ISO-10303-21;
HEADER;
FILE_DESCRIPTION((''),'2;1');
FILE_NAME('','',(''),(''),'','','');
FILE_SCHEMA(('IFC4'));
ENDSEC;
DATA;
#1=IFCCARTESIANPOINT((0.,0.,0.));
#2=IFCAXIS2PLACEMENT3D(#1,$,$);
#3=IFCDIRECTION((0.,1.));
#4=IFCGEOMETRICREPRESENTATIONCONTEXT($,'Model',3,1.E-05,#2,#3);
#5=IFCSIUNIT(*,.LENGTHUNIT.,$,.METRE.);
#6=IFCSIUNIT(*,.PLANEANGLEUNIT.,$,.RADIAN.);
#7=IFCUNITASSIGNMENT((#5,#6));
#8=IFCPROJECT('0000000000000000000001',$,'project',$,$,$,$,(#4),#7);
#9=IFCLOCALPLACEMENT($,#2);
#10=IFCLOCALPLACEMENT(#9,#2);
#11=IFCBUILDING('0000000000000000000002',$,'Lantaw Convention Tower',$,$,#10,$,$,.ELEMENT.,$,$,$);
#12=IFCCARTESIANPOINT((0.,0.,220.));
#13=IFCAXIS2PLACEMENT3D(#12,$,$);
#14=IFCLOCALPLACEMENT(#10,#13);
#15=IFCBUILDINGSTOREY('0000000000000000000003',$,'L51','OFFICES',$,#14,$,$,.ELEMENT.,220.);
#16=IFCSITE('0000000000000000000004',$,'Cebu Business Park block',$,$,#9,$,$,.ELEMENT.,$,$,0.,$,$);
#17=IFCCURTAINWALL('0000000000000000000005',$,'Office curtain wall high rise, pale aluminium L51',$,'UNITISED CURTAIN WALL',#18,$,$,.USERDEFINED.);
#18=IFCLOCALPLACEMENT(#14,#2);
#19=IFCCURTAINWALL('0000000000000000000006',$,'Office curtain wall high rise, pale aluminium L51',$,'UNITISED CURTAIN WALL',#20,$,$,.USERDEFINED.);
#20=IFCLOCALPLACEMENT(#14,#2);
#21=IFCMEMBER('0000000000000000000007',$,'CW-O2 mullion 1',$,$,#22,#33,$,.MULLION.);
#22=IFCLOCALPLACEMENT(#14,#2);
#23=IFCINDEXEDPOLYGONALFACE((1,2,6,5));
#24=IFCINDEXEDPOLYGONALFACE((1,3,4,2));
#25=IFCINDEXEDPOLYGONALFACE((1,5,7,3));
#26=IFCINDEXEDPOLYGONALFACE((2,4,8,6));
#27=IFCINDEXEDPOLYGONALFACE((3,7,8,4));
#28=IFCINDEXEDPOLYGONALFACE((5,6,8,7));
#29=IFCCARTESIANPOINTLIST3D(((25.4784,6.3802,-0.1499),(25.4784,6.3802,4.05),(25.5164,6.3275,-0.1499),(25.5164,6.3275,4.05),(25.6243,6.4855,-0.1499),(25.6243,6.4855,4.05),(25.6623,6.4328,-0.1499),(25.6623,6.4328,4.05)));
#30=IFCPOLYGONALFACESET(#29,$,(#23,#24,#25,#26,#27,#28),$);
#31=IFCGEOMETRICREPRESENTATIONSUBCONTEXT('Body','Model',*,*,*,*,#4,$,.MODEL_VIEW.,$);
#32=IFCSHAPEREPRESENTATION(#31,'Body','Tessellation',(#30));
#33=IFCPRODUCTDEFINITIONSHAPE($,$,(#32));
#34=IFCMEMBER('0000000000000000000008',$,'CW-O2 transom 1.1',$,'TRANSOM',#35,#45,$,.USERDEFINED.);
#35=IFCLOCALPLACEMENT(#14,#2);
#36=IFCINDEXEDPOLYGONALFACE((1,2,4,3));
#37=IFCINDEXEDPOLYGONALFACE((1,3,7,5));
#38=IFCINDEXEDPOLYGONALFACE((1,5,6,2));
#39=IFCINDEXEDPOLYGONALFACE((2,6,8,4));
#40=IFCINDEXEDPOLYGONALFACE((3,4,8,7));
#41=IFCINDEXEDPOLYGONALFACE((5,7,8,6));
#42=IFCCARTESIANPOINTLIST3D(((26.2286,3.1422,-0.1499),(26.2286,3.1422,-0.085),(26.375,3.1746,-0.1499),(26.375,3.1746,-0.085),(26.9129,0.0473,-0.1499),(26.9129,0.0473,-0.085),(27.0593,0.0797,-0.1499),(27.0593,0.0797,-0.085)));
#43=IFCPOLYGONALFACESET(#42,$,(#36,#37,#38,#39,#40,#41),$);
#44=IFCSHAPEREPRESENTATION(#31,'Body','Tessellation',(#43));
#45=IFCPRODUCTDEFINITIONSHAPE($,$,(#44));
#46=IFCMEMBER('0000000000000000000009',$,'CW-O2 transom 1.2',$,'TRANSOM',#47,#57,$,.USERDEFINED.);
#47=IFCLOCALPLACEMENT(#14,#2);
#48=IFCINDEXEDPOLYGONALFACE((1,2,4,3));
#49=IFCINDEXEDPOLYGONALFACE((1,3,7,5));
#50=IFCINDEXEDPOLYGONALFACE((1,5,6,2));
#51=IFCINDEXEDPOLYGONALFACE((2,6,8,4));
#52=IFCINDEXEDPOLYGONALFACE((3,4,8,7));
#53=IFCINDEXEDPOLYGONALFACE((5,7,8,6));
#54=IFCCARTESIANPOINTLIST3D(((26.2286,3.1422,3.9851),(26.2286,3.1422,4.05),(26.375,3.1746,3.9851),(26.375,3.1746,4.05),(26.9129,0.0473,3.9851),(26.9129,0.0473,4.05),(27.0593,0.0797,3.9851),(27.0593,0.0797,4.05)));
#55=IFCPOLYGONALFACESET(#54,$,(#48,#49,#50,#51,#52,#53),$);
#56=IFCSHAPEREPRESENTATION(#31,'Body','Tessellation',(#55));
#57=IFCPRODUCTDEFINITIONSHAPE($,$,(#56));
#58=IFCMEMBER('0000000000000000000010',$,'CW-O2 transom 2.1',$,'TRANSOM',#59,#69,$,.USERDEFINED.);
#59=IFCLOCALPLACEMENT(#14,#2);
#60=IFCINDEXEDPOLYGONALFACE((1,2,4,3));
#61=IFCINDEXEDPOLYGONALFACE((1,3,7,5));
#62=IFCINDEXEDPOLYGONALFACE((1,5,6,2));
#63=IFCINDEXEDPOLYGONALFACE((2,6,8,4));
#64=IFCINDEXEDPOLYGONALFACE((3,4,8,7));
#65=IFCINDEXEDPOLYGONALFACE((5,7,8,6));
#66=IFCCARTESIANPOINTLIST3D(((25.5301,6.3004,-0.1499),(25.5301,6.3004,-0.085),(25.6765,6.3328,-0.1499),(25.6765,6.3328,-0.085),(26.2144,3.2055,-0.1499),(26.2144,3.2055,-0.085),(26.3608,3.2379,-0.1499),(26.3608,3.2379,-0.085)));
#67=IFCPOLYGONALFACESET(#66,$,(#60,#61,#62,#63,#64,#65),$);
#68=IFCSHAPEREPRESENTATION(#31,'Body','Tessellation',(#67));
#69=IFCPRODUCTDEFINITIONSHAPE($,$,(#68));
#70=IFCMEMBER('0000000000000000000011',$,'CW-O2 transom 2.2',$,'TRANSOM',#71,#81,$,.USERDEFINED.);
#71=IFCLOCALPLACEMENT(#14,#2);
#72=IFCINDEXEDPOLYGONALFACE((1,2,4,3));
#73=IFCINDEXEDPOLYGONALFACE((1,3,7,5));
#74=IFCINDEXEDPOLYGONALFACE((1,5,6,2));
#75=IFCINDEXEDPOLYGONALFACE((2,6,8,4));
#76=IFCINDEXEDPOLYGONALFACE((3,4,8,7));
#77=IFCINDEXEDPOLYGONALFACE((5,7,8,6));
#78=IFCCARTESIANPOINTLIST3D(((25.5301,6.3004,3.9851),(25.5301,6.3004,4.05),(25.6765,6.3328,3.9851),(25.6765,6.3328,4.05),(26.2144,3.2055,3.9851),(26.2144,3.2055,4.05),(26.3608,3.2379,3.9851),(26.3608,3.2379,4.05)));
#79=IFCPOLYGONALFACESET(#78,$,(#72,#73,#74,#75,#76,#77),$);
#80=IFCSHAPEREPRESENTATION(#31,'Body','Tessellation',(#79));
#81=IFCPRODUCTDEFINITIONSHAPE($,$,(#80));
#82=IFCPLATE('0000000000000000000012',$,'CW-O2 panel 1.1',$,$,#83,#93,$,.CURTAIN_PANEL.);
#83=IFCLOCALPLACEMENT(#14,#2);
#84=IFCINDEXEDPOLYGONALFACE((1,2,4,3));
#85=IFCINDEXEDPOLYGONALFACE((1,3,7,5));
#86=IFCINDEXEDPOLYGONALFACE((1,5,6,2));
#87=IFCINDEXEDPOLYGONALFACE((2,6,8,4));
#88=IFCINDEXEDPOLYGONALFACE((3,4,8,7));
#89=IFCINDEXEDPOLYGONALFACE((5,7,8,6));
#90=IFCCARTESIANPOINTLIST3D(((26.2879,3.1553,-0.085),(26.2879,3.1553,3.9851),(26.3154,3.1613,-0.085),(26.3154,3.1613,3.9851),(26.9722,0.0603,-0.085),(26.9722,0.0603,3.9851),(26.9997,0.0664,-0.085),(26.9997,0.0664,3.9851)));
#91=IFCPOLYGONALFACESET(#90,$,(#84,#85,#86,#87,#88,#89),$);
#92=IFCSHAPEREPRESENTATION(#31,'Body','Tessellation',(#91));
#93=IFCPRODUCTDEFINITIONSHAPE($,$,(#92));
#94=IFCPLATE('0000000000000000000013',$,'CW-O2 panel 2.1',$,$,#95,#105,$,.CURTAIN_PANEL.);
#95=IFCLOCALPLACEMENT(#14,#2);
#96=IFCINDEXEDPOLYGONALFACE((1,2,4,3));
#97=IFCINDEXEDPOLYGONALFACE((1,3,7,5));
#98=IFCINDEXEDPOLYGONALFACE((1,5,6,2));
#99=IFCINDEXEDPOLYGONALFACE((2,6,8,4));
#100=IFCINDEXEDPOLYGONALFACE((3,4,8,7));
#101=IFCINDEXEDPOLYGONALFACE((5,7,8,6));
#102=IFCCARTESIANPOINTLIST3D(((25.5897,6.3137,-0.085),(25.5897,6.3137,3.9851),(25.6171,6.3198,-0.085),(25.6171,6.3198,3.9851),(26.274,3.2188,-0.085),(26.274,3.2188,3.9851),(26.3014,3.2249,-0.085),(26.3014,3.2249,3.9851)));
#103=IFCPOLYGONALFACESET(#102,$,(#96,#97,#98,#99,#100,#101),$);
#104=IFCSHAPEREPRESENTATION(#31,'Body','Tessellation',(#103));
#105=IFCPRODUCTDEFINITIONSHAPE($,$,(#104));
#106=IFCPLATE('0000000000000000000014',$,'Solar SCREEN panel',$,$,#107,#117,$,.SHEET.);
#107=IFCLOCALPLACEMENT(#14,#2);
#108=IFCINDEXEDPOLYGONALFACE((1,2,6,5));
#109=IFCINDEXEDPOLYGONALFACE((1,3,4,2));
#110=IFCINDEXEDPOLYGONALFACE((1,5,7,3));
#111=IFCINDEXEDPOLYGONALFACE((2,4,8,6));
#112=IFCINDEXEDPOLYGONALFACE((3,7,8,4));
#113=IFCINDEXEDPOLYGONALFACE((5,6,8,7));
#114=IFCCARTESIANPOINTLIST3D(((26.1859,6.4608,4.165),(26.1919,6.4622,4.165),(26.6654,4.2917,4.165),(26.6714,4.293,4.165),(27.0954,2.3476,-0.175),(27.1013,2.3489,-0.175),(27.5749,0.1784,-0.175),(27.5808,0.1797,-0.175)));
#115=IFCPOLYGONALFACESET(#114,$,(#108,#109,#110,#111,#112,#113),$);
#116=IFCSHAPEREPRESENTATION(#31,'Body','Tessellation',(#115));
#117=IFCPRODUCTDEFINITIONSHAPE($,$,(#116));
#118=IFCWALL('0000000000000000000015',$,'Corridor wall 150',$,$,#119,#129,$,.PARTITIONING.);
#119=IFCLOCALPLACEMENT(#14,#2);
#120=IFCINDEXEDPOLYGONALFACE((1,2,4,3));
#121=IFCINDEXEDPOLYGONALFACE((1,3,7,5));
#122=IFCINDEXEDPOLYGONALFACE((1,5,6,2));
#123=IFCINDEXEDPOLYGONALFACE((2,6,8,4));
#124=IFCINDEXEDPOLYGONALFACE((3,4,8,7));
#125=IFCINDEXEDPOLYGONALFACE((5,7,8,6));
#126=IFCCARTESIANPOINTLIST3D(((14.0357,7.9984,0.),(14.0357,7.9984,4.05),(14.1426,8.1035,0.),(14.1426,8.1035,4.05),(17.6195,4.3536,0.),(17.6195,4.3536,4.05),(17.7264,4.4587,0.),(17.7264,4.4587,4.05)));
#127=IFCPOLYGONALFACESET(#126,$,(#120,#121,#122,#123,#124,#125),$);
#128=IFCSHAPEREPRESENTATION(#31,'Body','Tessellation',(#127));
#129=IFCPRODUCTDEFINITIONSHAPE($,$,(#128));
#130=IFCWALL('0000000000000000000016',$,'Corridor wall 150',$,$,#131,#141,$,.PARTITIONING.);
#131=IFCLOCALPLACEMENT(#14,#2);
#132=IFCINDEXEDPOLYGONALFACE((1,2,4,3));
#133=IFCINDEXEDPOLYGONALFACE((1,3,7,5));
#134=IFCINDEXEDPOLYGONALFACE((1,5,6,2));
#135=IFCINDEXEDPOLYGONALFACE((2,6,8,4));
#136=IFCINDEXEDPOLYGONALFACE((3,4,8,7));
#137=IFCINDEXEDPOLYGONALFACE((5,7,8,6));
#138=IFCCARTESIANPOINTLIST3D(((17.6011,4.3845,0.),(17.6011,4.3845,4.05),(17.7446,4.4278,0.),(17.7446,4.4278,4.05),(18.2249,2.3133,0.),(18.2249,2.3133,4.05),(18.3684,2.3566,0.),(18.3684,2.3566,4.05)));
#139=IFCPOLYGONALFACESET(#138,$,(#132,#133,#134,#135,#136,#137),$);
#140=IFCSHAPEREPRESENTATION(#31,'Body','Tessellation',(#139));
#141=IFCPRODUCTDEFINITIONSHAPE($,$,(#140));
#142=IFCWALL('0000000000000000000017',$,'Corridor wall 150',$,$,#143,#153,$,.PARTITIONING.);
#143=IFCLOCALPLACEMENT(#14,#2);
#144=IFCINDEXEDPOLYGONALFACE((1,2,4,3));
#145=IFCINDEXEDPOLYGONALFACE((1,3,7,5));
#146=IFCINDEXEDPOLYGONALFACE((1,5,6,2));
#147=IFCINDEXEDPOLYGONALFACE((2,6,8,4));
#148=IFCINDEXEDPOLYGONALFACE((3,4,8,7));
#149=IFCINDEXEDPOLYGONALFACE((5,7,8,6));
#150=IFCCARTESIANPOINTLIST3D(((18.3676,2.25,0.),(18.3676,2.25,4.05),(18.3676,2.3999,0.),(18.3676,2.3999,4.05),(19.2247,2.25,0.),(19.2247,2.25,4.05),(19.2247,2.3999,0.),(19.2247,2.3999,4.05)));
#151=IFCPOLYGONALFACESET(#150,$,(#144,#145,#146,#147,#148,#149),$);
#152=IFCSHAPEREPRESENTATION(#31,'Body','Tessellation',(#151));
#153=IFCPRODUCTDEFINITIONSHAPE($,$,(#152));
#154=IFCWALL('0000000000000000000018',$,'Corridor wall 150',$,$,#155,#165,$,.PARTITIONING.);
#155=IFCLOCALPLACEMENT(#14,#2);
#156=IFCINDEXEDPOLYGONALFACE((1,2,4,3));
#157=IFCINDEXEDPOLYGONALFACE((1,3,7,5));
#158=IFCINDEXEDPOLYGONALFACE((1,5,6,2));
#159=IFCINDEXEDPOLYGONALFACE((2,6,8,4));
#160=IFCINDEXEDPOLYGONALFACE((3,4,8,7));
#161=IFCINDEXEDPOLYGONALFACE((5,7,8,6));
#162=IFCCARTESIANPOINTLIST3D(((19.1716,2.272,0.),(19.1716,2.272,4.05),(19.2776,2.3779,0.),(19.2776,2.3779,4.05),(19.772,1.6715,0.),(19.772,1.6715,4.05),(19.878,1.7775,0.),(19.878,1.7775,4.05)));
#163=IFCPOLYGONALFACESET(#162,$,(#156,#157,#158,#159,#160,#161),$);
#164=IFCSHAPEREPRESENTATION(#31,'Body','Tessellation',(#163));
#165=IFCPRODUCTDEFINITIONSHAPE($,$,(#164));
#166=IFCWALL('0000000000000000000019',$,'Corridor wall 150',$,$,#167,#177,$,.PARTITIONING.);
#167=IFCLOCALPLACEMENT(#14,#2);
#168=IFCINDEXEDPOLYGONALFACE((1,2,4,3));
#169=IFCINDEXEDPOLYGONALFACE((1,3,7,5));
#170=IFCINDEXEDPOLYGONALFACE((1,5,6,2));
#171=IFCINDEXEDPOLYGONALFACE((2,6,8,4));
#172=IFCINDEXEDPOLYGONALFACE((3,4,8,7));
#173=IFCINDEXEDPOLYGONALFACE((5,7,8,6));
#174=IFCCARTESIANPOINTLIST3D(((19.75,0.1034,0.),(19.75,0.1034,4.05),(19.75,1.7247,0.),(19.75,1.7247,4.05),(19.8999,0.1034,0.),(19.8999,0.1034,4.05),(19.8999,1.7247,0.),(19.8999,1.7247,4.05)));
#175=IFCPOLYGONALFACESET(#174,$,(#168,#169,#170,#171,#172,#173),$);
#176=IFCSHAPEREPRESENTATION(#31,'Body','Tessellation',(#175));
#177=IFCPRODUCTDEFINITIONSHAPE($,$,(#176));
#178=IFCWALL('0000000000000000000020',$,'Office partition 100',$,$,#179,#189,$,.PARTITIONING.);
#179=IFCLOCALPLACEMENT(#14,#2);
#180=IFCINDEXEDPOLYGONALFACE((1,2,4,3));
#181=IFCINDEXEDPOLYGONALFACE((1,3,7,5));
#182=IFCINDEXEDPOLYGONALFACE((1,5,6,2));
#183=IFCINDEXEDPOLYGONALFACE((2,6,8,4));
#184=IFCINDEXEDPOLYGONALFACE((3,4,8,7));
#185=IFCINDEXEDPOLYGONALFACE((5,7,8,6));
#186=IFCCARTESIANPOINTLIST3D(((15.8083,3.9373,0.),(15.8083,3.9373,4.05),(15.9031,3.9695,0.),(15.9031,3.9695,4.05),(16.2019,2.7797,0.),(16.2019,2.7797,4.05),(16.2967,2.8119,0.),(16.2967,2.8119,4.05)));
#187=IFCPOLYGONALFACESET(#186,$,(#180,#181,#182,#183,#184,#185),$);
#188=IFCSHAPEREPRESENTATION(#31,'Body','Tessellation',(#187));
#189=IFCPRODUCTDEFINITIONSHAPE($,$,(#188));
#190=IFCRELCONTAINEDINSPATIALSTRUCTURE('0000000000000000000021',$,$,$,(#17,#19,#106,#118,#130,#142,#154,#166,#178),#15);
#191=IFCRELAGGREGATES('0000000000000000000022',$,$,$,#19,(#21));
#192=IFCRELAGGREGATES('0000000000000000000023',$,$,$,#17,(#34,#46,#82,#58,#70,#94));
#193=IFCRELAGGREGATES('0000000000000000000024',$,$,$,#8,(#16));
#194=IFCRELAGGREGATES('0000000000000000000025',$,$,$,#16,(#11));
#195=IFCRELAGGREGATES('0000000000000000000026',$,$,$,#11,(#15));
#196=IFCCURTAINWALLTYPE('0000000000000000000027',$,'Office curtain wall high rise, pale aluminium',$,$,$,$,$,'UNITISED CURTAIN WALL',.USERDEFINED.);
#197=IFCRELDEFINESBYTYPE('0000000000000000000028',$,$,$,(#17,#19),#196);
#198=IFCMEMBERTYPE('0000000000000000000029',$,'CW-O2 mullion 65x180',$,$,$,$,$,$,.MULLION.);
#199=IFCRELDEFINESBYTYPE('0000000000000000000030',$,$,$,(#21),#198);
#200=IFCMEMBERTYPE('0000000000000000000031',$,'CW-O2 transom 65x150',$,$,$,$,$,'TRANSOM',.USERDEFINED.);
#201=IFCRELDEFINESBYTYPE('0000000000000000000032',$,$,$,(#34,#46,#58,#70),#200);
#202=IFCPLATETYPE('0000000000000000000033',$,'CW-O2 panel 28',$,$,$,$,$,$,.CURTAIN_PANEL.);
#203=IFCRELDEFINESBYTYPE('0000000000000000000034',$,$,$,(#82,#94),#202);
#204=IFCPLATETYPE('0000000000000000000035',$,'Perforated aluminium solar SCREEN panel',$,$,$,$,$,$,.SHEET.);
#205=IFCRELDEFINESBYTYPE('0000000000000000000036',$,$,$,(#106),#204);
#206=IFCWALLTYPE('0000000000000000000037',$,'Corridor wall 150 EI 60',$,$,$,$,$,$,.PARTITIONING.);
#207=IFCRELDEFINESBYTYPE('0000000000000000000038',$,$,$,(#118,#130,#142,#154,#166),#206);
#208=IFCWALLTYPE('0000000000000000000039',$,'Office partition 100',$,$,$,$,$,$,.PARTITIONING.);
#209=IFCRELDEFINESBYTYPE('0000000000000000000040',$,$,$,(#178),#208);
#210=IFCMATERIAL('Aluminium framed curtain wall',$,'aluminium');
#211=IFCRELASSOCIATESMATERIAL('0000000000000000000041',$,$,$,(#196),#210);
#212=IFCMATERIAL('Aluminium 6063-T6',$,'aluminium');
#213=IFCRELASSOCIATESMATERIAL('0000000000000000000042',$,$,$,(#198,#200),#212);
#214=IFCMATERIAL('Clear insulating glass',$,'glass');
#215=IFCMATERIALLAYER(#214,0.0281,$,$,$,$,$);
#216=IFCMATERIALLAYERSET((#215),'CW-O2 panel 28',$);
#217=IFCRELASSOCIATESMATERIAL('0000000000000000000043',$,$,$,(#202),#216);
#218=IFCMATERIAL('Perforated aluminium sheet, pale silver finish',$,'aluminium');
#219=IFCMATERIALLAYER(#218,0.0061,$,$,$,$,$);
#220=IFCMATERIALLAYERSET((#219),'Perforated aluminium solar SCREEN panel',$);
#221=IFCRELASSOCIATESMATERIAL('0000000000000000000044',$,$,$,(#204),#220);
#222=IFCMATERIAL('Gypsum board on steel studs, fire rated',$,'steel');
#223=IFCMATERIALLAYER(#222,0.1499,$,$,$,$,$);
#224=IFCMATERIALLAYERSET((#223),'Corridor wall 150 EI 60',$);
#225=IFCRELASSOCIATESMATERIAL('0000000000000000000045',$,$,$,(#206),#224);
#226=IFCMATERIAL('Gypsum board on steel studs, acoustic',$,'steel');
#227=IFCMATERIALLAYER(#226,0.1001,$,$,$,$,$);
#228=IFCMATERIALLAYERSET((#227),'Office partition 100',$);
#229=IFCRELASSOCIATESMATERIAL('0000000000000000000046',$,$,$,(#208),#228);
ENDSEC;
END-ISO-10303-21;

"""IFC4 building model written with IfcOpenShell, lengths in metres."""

from ifc_helpers import new_model, si_unit, direction, frame, frame_2d, origin, origin_2d, place, context, subcontext, project, spatial, polyline, rectangle, outline, extrude, material, layer, layer_set, material_profile, profile_set, type_object, element, aggregate, save


model = new_model("IFC4")

# Units and contexts
model_context = context("Model", 3, precision=1e-05, world=origin(), true_north=direction((0.0, 1.0)))
body_context = subcontext(model_context, "Body", "Model", "MODEL_VIEW")
ifc_project = project(units=[si_unit("LENGTHUNIT", "METRE"), si_unit("PLANEANGLEUNIT", "RADIAN")], contexts=[model_context])

# Site, building, storey
site_placement = place(None, origin())
site = spatial("IfcSite", under=ifc_project, at=site_placement, Name="Cebu Business Park block", CompositionType="ELEMENT", RefElevation=0.0)
building_placement = place(site_placement, origin())
building = spatial("IfcBuilding", under=site, at=building_placement, Name="Lantaw Convention Tower", CompositionType="ELEMENT")
storey_placement = place(building_placement, frame((0.0, 0.0, 220.0)))
storey = spatial("IfcBuildingStorey", under=building, at=storey_placement, Name="L51", Description="OFFICES", CompositionType="ELEMENT", Elevation=220.0)

# Curtain wall
ifc_material_1 = material(Name="Aluminium framed curtain wall", Category="aluminium")
curtain_wall_type = type_object("IfcCurtainWallType", Name="Office curtain wall high rise, pale aluminium", ElementType="UNITISED CURTAIN WALL", PredefinedType="USERDEFINED", material=ifc_material_1)
curtain_wall_1_placement = place(storey_placement, origin())
curtain_wall_1 = element("IfcCurtainWall", 1, at=curtain_wall_1_placement, inside=storey, type_object=curtain_wall_type, Name="Office curtain wall high rise, pale aluminium L51", ObjectType="UNITISED CURTAIN WALL", PredefinedType="USERDEFINED")
ifc_material_2 = material(Name="Aluminium 6063-T6", Category="aluminium")
ifc_material_profile_1 = material_profile(ifc_material_2, rectangle(XDim=0.1799, YDim=0.0649, at=origin_2d()), Name="CW-O2 mullion 65x180")
ifc_profile_set_1 = profile_set([ifc_material_profile_1], Name="Aluminium 6063-T6")
member_type_1 = type_object("IfcMemberType", Name="CW-O2 mullion 65x180", PredefinedType="MULLION", material=ifc_profile_set_1)

# Curtain wall, member
curtain_wall_2_placement = place(storey_placement, origin())
curtain_wall_2 = element("IfcCurtainWall", 2, at=curtain_wall_2_placement, inside=storey, type_object=curtain_wall_type, Name="Office curtain wall high rise, pale aluminium L51", ObjectType="UNITISED CURTAIN WALL", PredefinedType="USERDEFINED")
member_1_placement = place(storey_placement, frame((25.5703, 6.4065, -0.1499), z_axis=(0.0, 0.0, 1.0), x_axis=(-0.81092, -0.585158, 0.0)))
member_1 = element("IfcMember", 3, at=member_1_placement, type_object=member_type_1, Name="CW-O2 mullion 1", PredefinedType="MULLION", context=body_context, shape_type="SweptSolid", body=[
    extrude(rectangle(XDim=0.1799, YDim=0.0649, at=origin_2d()), origin(), (0.0, 0.0, 1.0), 4.2),
])
aggregate(curtain_wall_2, [member_1])

# Members
ifc_material_profile_2 = material_profile(ifc_material_2, rectangle(XDim=0.1499, YDim=0.0649, at=origin_2d()), Name="CW-O2 transom 65x150")
ifc_profile_set_2 = profile_set([ifc_material_profile_2], Name="Aluminium 6063-T6")
member_type_2 = type_object("IfcMemberType", Name="CW-O2 transom 65x150", ElementType="TRANSOM", PredefinedType="USERDEFINED", material=ifc_profile_set_2)
member_2_placement = place(storey_placement, frame((26.9861, 0.0635, -0.1174), z_axis=(-0.215895, 0.976417, 0.0), x_axis=(-0.976417, -0.215895, 0.0)))
member_2 = element("IfcMember", 4, at=member_2_placement, type_object=member_type_2, Name="CW-O2 transom 1.1", ObjectType="TRANSOM", PredefinedType="USERDEFINED", context=body_context, shape_type="SweptSolid", body=[
    extrude(rectangle(XDim=0.1499, YDim=0.0649, at=origin_2d()), origin(), (0.0, 0.0, 1.0), 3.1697),
])
member_3_placement = place(storey_placement, frame((26.9861, 0.0635, 4.0176), z_axis=(-0.215895, 0.976417, 0.0), x_axis=(-0.976417, -0.215895, 0.0)))
member_3 = element("IfcMember", 5, at=member_3_placement, type_object=member_type_2, Name="CW-O2 transom 1.2", ObjectType="TRANSOM", PredefinedType="USERDEFINED", context=body_context, shape_type="SweptSolid", body=[
    extrude(rectangle(XDim=0.1499, YDim=0.0649, at=origin_2d()), origin(), (0.0, 0.0, 1.0), 3.1697),
])
member_4_placement = place(storey_placement, frame((26.2876, 3.2217, -0.1174), z_axis=(-0.215895, 0.976417, 0.0), x_axis=(-0.976417, -0.215895, 0.0)))
member_4 = element("IfcMember", 6, at=member_4_placement, type_object=member_type_2, Name="CW-O2 transom 2.1", ObjectType="TRANSOM", PredefinedType="USERDEFINED", context=body_context, shape_type="SweptSolid", body=[
    extrude(rectangle(XDim=0.1499, YDim=0.0649, at=origin_2d()), origin(), (0.0, 0.0, 1.0), 3.1697),
])
member_5_placement = place(storey_placement, frame((26.2876, 3.2217, 4.0176), z_axis=(-0.215895, 0.976417, 0.0), x_axis=(-0.976417, -0.215895, 0.0)))
member_5 = element("IfcMember", 7, at=member_5_placement, type_object=member_type_2, Name="CW-O2 transom 2.2", ObjectType="TRANSOM", PredefinedType="USERDEFINED", context=body_context, shape_type="SweptSolid", body=[
    extrude(rectangle(XDim=0.1499, YDim=0.0649, at=origin_2d()), origin(), (0.0, 0.0, 1.0), 3.1697),
])

# Plates
ifc_material_3 = material(Name="Clear insulating glass", Category="glass")
ifc_layer_1 = layer(ifc_material_3, 0.0281)
ifc_layer_set_1 = layer_set([ifc_layer_1], Name="CW-O2 panel 28")
plate_type_1 = type_object("IfcPlateType", Name="CW-O2 panel 28", PredefinedType="CURTAIN_PANEL", material=ifc_layer_set_1)
plate_1_placement = place(storey_placement, frame((26.6438, 1.6108, -0.085), z_axis=(0.0, 0.0, 1.0), x_axis=(-0.215891, 0.976417, 0.0)))
plate_1 = element("IfcPlate", 8, at=plate_1_placement, type_object=plate_type_1, Name="CW-O2 panel 1.1", PredefinedType="CURTAIN_PANEL", context=body_context, shape_type="SweptSolid", body=[
    extrude(rectangle(XDim=3.1697, YDim=0.0281, at=origin_2d()), origin(), (0.0, 0.0, 1.0), 4.0701),
])
plate_2_placement = place(storey_placement, frame((25.9456, 4.7693, -0.085), z_axis=(0.0, 0.0, 1.0), x_axis=(-0.215891, 0.976417, 0.0)))
plate_2 = element("IfcPlate", 9, at=plate_2_placement, type_object=plate_type_1, Name="CW-O2 panel 2.1", PredefinedType="CURTAIN_PANEL", context=body_context, shape_type="SweptSolid", body=[
    extrude(rectangle(XDim=3.1697, YDim=0.0281, at=origin_2d()), origin(), (0.0, 0.0, 1.0), 4.0701),
])
aggregate(curtain_wall_1, [member_2, member_3, plate_1, member_4, member_5, plate_2])
ifc_material_4 = material(Name="Perforated aluminium sheet, pale silver finish", Category="aluminium")
ifc_layer_2 = layer(ifc_material_4, 0.0061)
ifc_layer_set_2 = layer_set([ifc_layer_2], Name="Perforated aluminium solar SCREEN panel")
plate_type_2 = type_object("IfcPlateType", Name="Perforated aluminium solar SCREEN panel", PredefinedType="SHEET", material=ifc_layer_set_2)
plate_3_placement = place(storey_placement, frame((27.5808, 0.1797, -0.175), z_axis=(0.97643, 0.215837, 0.000044), x_axis=(-0.215837, 0.97643, 0.0)))
element("IfcPlate", 10, at=plate_3_placement, inside=storey, type_object=plate_type_2, Name="Solar SCREEN panel", PredefinedType="SHEET", context=body_context, shape_type="SweptSolid", body=[
    extrude(outline(polyline([(0.0, 0.0), (2.2216, 0.0), (6.4342, 4.3401), (4.2126, 4.3401), (0.0, 0.0)])), origin(), (0.0, 0.0, -1.0), 0.0061),
])

# Walls
ifc_material_5 = material(Name="Gypsum board on steel studs, fire rated", Category="steel")
ifc_layer_3 = layer(ifc_material_5, 0.1499)
ifc_layer_set_3 = layer_set([ifc_layer_3], Name="Corridor wall 150 EI 60")
wall_type_1 = type_object("IfcWallType", Name="Corridor wall 150 EI 60", PredefinedType="PARTITIONING", material=ifc_layer_set_3)
wall_1_placement = place(storey_placement, frame((17.6729, 4.4062, 0.0), z_axis=(0.0, 0.0, 1.0), x_axis=(-0.701111, 0.713052, 0.0)))
element("IfcWall", 11, at=wall_1_placement, inside=storey, type_object=wall_type_1, Name="Corridor wall 150", PredefinedType="PARTITIONING", context=body_context, shape_type="SweptSolid", body=[
    extrude(rectangle(XDim=5.1116, YDim=0.1499, at=frame_2d((2.5557, 0.0))), origin(), (0.0, 0.0, 1.0), 4.05),
])
wall_2_placement = place(storey_placement, frame((18.2966, 2.335, 0.0), z_axis=(0.0, 0.0, 1.0), x_axis=(-0.288362, 0.957521, 0.0)))
element("IfcWall", 12, at=wall_2_placement, inside=storey, type_object=wall_type_1, Name="Corridor wall 150", PredefinedType="PARTITIONING", context=body_context, shape_type="SweptSolid", body=[
    extrude(rectangle(XDim=2.1631, YDim=0.1499, at=frame_2d((1.0815, 0.0))), origin(), (0.0, 0.0, 1.0), 4.05),
])
wall_3_placement = place(storey_placement, frame((18.3674, 2.325, 0.0), z_axis=(0.0, 0.0, 1.0), x_axis=(1.0, 0.0, 0.0)))
element("IfcWall", 13, at=wall_3_placement, inside=storey, type_object=wall_type_1, Name="Corridor wall 150", PredefinedType="PARTITIONING", context=body_context, shape_type="SweptSolid", body=[
    extrude(rectangle(XDim=0.8572, YDim=0.1499, at=frame_2d((0.4287, 0.0))), origin(), (0.0, 0.0, 1.0), 4.05),
])
wall_4_placement = place(storey_placement, frame((19.2246, 2.325, 0.0), z_axis=(0.0, 0.0, 1.0), x_axis=(0.707107, -0.707107, 0.0)))
element("IfcWall", 14, at=wall_4_placement, inside=storey, type_object=wall_type_1, Name="Corridor wall 150", PredefinedType="PARTITIONING", context=body_context, shape_type="SweptSolid", body=[
    extrude(rectangle(XDim=0.8491, YDim=0.1499, at=frame_2d((0.4246, 0.0))), origin(), (0.0, 0.0, 1.0), 4.05),
])
wall_5_placement = place(storey_placement, frame((19.825, 1.7246, 0.0), z_axis=(0.0, 0.0, 1.0), x_axis=(0.0, -1.0, 0.0)))
element("IfcWall", 15, at=wall_5_placement, inside=storey, type_object=wall_type_1, Name="Corridor wall 150", PredefinedType="PARTITIONING", context=body_context, shape_type="SweptSolid", body=[
    extrude(rectangle(XDim=1.6213, YDim=0.1499, at=frame_2d((0.8105, 0.0))), origin(), (0.0, 0.0, 1.0), 4.05),
])
ifc_material_6 = material(Name="Gypsum board on steel studs, acoustic", Category="steel")
ifc_layer_4 = layer(ifc_material_6, 0.1001)
ifc_layer_set_4 = layer_set([ifc_layer_4], Name="Office partition 100")
wall_type_2 = type_object("IfcWallType", Name="Office partition 100", PredefinedType="PARTITIONING", material=ifc_layer_set_4)
wall_6_placement = place(storey_placement, frame((15.8557, 3.9534, 0.0), z_axis=(0.0, 0.0, 1.0), x_axis=(0.321913, -0.946769, 0.0)))
element("IfcWall", 16, at=wall_6_placement, inside=storey, type_object=wall_type_2, Name="Office partition 100", PredefinedType="PARTITIONING", context=body_context, shape_type="SweptSolid", body=[
    extrude(rectangle(XDim=1.2227, YDim=0.1001, at=frame_2d((0.6113, 0.0))), origin(), (0.0, 0.0, 1.0), 4.05),
])

save(model, "model.ifc")
